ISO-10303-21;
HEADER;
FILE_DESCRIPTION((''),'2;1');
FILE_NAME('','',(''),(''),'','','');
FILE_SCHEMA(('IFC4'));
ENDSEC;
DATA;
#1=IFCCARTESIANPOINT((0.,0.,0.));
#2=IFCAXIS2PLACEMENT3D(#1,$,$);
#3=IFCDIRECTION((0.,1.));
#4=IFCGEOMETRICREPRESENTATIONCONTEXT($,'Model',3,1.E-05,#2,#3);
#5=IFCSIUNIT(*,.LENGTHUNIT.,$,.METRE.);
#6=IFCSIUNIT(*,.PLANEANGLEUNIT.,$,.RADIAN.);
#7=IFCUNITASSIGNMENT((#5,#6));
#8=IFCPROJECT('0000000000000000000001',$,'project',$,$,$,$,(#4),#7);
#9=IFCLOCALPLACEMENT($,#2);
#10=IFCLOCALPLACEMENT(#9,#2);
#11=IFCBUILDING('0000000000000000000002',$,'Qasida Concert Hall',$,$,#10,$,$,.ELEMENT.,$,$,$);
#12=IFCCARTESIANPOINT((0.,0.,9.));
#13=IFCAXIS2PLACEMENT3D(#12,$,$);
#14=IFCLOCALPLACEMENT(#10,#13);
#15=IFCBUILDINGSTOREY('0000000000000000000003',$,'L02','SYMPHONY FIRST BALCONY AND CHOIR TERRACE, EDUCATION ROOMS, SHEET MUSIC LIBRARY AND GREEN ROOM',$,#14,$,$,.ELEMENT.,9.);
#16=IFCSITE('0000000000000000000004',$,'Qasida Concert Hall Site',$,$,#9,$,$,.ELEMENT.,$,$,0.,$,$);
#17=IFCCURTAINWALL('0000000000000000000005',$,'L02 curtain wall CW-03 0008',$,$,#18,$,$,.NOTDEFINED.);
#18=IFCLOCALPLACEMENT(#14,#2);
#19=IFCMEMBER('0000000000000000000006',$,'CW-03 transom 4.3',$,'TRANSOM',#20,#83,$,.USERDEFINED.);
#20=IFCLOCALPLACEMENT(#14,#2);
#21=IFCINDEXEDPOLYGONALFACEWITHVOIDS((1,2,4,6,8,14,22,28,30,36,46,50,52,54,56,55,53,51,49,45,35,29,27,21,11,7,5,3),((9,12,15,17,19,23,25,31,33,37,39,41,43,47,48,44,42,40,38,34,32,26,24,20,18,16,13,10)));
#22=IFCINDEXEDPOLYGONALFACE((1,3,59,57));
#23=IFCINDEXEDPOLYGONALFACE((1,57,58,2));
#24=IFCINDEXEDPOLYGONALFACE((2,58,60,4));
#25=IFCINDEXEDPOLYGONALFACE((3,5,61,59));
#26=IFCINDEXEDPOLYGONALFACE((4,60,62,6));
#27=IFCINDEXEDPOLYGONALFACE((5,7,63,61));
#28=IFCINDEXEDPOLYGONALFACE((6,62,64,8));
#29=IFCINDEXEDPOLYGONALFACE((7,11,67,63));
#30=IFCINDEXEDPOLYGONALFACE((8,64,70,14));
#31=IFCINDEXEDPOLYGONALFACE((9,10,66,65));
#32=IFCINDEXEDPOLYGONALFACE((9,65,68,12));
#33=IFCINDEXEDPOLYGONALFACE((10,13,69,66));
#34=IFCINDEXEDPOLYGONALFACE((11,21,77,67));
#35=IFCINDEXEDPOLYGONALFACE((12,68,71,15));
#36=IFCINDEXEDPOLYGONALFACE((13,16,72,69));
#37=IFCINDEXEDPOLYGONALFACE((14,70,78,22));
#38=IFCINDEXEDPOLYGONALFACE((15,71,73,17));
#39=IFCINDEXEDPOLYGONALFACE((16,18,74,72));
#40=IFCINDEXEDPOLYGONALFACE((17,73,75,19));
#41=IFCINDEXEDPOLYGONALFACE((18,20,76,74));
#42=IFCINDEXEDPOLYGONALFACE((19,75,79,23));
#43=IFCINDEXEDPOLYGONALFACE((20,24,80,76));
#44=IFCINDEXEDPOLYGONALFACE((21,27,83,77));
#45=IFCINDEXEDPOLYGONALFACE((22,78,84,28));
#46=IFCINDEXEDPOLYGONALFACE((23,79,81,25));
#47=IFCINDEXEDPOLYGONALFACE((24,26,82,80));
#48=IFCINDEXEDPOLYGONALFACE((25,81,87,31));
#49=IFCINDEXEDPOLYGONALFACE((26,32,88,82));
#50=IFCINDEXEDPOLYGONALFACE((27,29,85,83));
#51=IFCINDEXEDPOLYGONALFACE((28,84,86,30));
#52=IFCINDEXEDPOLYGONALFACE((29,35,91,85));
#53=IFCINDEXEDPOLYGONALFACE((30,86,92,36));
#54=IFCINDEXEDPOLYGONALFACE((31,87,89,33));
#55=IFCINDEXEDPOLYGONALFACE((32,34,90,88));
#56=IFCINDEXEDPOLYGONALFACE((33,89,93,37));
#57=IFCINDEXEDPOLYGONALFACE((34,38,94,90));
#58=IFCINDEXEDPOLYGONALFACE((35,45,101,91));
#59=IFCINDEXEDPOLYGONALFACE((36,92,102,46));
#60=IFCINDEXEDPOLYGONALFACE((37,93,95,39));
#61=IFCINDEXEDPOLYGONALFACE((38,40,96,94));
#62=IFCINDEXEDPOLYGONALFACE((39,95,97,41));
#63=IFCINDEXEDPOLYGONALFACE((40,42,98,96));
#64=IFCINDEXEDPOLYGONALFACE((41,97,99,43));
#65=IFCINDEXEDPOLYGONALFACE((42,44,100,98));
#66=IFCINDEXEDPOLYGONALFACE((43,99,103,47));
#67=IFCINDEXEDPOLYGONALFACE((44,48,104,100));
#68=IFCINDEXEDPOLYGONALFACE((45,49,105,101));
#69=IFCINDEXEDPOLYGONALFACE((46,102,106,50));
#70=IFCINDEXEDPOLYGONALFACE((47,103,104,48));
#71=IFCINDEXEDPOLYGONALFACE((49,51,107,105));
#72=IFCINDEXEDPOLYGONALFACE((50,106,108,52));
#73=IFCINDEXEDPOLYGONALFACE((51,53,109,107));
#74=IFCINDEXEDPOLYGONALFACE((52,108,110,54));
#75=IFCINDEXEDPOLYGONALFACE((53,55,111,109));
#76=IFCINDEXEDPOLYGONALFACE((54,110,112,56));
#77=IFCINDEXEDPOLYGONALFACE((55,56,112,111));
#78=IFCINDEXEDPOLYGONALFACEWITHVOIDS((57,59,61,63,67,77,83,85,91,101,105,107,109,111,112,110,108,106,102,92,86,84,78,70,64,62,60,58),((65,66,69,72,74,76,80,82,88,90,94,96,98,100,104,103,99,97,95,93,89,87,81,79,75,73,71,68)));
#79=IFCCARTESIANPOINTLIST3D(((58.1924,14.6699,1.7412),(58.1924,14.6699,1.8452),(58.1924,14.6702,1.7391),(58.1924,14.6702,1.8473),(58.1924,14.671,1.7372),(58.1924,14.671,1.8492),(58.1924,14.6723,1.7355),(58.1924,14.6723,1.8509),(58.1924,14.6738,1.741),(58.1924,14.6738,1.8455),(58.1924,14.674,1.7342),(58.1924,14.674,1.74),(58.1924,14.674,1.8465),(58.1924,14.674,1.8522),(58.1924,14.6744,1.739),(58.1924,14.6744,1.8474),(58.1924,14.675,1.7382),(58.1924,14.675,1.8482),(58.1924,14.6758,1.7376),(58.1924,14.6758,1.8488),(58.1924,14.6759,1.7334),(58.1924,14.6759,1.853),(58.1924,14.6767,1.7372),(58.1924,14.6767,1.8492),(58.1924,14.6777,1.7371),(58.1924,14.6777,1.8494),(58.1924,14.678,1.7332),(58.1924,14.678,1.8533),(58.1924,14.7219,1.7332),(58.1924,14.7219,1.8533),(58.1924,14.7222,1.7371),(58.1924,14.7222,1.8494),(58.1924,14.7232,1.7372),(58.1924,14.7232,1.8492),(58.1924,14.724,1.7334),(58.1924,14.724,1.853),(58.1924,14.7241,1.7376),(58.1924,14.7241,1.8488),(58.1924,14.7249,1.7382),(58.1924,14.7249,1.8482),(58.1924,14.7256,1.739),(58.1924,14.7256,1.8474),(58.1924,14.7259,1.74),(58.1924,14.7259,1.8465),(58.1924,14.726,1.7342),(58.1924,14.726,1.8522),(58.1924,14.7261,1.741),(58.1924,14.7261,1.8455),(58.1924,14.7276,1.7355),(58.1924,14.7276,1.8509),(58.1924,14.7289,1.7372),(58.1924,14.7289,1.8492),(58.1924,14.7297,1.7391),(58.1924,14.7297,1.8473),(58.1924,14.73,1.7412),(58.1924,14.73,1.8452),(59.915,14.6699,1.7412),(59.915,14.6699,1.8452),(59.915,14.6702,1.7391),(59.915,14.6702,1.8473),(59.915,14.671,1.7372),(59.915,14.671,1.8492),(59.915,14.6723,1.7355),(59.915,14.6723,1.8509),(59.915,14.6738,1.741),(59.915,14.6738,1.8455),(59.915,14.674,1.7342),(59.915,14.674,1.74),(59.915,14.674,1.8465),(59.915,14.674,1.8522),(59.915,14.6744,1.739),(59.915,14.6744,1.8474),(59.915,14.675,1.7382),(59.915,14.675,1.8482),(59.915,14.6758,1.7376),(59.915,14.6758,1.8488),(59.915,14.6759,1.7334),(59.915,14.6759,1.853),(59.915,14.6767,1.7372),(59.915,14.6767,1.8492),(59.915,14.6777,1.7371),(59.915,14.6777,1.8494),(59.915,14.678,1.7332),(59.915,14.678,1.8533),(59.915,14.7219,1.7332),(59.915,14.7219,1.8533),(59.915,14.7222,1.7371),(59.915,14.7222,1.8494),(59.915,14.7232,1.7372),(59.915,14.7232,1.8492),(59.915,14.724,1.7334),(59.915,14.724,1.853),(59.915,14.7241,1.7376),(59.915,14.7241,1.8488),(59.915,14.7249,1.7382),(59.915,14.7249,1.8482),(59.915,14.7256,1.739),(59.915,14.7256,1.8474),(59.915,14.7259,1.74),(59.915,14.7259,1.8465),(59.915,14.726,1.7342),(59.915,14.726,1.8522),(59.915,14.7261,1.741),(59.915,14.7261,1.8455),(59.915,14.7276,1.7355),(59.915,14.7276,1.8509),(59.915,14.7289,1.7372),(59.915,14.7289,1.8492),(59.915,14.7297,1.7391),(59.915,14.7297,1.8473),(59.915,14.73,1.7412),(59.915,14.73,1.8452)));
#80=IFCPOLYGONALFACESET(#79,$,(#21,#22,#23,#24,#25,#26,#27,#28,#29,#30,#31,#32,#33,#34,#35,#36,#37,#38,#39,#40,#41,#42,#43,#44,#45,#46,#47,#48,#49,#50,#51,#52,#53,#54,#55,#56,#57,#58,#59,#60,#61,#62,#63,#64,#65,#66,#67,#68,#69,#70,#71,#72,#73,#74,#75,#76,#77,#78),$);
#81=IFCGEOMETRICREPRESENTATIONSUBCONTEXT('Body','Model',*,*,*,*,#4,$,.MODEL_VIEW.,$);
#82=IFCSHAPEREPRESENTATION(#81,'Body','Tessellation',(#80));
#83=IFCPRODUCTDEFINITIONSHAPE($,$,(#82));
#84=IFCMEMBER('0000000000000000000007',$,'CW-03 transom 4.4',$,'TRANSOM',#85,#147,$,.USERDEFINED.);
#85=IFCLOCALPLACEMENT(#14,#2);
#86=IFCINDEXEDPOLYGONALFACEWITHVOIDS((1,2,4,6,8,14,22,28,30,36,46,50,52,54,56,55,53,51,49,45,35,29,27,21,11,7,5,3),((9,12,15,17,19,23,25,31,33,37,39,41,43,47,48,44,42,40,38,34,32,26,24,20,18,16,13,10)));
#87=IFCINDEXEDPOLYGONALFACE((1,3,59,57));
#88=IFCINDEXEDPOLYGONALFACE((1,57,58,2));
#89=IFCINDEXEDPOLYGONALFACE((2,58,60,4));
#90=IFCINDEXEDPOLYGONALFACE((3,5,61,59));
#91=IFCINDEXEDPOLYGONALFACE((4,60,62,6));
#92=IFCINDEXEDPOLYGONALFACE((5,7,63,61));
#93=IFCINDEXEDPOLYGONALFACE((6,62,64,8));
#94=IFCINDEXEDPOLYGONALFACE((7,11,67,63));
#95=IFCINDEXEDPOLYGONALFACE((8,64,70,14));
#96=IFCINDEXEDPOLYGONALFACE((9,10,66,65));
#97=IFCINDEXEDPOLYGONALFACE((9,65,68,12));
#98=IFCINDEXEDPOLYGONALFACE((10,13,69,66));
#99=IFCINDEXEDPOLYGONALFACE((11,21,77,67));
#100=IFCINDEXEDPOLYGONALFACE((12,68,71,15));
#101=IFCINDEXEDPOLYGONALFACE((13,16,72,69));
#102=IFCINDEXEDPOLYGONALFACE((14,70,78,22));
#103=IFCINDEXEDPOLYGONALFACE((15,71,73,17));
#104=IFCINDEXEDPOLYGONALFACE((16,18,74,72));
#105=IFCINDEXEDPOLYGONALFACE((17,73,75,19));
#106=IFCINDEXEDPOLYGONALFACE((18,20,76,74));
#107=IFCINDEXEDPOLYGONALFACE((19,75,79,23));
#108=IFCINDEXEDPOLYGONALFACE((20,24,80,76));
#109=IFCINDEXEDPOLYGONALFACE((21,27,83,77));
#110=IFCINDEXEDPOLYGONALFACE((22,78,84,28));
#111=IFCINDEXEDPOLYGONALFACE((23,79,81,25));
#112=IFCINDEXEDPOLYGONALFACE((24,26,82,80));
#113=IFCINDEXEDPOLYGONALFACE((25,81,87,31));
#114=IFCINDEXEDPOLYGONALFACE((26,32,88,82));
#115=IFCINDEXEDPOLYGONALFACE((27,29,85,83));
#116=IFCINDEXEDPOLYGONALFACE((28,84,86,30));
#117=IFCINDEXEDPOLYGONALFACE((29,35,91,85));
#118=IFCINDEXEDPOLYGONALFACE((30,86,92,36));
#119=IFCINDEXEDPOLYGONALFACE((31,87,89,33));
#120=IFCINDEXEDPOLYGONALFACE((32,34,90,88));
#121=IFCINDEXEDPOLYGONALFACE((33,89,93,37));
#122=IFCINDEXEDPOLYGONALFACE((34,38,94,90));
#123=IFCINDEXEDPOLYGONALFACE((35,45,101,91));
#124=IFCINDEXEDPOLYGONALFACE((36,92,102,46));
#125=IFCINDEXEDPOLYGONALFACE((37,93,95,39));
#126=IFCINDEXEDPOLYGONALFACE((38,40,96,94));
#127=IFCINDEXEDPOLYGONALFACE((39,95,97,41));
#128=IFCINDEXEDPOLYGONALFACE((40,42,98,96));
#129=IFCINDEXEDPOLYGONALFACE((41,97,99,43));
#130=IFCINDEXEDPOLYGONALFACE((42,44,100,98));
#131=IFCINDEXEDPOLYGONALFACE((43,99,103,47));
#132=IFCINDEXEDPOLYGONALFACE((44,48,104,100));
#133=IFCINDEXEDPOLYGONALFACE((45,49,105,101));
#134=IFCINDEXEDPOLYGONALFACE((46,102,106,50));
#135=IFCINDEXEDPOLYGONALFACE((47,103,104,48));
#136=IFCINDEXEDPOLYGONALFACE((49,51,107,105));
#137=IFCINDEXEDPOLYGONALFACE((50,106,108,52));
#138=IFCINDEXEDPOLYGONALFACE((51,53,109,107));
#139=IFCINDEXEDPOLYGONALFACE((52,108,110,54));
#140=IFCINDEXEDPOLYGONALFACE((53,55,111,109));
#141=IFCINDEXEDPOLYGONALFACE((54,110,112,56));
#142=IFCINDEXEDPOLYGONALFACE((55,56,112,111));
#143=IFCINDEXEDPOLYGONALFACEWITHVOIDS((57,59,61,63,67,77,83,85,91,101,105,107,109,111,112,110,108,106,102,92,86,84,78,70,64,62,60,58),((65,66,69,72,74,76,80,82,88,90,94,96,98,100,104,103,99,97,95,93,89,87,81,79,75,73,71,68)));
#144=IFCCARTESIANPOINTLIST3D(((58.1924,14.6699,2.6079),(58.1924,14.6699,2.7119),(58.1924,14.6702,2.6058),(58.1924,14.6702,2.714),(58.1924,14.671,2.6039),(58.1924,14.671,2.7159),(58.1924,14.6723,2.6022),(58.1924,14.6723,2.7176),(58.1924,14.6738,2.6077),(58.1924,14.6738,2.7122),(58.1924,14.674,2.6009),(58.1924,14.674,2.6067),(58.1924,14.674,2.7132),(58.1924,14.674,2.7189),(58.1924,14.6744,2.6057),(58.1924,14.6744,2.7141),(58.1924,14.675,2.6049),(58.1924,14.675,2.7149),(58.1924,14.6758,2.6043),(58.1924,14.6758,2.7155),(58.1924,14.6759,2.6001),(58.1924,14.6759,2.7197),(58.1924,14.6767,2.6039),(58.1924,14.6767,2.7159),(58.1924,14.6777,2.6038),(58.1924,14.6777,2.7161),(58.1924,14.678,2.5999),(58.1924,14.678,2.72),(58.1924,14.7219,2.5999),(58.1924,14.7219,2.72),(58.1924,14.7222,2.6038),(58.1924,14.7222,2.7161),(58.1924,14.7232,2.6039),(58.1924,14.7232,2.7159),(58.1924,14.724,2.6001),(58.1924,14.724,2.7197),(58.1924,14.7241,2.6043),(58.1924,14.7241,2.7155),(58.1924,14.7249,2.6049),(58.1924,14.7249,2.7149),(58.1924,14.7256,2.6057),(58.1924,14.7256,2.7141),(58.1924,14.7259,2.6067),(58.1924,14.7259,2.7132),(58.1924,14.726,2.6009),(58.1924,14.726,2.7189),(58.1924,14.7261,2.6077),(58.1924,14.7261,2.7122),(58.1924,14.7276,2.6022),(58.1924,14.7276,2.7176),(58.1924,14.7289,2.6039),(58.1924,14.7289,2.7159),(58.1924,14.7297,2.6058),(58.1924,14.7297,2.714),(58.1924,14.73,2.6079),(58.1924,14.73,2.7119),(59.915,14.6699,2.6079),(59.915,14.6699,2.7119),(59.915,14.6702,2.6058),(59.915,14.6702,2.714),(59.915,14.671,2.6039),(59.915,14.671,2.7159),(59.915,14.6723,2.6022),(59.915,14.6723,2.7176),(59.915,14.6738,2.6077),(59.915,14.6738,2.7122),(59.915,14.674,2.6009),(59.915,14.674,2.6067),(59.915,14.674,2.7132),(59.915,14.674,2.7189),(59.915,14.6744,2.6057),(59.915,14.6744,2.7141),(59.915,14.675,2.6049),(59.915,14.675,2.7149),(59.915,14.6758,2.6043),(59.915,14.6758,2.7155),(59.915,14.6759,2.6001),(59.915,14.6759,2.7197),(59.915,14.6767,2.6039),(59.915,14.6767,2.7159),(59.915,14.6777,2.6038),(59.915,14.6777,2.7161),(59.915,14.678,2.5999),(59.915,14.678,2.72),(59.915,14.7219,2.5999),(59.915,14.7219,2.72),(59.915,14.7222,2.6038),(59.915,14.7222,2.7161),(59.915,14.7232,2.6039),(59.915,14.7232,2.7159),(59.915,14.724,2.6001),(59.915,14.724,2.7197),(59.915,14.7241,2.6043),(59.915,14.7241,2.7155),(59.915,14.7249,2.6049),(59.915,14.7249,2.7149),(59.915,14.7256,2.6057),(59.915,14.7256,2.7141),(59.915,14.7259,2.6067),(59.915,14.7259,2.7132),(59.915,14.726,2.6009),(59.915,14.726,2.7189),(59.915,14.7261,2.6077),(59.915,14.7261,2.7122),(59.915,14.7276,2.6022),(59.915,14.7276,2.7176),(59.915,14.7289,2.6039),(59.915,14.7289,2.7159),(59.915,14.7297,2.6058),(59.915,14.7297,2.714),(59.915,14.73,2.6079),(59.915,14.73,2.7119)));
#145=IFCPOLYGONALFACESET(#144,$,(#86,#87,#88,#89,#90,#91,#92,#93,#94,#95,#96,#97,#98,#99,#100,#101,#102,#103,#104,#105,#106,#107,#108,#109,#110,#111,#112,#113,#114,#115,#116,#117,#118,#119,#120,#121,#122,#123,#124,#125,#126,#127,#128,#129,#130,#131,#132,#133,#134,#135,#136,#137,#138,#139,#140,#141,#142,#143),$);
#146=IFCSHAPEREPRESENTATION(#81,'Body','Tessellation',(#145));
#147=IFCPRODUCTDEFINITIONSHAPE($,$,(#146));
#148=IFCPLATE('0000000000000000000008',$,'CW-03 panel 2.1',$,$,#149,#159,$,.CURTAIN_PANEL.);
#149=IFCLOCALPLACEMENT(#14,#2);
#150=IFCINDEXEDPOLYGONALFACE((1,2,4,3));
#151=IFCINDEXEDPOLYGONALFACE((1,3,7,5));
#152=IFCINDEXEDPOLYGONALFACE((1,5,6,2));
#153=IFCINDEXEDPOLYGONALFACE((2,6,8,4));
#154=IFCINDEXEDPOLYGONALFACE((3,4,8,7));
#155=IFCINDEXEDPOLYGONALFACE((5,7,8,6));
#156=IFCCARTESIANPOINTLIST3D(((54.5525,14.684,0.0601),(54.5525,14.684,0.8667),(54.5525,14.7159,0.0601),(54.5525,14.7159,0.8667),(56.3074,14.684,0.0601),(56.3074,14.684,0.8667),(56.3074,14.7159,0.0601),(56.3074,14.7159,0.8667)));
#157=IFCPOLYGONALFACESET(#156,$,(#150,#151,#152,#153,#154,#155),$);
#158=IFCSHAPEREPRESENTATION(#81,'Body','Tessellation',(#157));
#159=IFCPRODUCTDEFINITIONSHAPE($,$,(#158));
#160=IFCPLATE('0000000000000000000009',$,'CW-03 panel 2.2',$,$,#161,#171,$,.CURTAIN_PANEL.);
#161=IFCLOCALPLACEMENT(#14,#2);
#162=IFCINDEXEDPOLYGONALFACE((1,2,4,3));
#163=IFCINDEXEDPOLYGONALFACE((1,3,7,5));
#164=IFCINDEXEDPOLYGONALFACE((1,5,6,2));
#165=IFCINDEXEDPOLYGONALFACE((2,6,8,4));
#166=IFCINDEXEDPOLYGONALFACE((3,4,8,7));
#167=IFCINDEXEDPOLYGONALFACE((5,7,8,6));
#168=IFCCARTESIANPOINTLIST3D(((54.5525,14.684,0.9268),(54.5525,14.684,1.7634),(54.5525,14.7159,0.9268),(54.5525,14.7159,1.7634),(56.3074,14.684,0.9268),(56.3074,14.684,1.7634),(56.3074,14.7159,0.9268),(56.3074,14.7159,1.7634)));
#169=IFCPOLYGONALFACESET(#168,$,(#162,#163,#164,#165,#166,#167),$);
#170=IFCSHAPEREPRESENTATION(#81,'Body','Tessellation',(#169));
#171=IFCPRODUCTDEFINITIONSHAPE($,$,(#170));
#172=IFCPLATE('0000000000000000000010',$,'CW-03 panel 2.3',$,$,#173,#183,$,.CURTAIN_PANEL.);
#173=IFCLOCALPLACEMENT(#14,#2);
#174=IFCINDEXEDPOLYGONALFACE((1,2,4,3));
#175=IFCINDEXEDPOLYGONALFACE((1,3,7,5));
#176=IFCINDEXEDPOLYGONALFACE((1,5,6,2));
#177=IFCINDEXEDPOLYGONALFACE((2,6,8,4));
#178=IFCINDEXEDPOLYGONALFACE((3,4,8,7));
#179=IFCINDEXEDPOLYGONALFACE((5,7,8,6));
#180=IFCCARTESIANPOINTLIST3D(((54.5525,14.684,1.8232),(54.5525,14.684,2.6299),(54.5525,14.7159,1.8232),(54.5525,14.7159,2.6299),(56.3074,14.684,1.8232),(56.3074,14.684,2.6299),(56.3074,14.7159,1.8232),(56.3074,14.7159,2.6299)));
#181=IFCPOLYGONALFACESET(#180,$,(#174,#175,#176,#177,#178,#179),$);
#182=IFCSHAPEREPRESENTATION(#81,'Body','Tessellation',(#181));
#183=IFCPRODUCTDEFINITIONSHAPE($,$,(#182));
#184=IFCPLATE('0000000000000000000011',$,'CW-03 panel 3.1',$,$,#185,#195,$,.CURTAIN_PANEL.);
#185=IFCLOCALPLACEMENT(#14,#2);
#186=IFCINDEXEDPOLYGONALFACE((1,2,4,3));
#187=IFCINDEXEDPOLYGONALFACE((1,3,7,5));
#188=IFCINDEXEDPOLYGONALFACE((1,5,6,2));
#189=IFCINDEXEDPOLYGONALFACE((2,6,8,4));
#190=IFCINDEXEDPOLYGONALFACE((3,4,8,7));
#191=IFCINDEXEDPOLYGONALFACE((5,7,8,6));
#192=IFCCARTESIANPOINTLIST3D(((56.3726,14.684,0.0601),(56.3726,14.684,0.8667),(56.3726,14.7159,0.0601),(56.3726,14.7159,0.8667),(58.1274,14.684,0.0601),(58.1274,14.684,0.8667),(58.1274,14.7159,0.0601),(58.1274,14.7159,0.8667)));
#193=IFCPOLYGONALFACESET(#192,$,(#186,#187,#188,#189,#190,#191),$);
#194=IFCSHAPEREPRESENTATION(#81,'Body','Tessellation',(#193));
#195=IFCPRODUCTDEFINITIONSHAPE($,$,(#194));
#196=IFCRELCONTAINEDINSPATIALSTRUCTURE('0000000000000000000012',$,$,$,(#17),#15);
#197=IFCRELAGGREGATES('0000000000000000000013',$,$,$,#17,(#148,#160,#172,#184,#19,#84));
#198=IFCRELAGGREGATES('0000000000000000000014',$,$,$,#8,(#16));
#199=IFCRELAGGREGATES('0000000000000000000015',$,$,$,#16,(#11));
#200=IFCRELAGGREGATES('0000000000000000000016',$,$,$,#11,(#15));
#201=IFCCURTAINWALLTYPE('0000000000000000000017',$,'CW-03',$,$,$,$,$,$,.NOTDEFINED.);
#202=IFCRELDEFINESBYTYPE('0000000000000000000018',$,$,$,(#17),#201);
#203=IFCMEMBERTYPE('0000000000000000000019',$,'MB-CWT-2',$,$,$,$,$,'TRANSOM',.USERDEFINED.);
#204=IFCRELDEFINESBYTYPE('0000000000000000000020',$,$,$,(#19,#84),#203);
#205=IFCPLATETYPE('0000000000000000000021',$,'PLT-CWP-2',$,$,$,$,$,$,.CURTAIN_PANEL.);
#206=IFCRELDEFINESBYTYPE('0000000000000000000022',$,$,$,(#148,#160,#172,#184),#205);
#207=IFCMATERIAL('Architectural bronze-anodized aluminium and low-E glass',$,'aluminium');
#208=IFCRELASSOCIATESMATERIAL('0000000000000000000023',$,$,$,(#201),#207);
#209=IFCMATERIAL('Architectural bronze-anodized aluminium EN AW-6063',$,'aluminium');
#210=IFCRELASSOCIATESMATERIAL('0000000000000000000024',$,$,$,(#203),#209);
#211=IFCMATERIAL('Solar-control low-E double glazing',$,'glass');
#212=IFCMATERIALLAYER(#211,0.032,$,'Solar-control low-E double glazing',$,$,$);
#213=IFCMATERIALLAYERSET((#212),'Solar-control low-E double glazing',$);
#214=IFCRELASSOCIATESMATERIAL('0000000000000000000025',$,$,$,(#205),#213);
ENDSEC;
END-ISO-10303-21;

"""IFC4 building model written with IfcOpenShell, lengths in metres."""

from ifc_helpers import new_model, si_unit, direction, frame, origin, origin_2d, place, context, subcontext, project, spatial, rectangle, hollow_rectangle, extrude, material, layer, layer_set, material_profile, profile_set, type_object, element, aggregate, save


model = new_model("IFC4")

# Units and contexts
model_context = context("Model", 3, precision=1e-05, world=origin(), true_north=direction((0.0, 1.0)))
body_context = subcontext(model_context, "Body", "Model", "MODEL_VIEW")
ifc_project = project(units=[si_unit("LENGTHUNIT", "METRE"), si_unit("PLANEANGLEUNIT", "RADIAN")], contexts=[model_context])

# Site, building, storey
site_placement = place(None, origin())
site = spatial("IfcSite", under=ifc_project, at=site_placement, Name="Qasida Concert Hall Site", CompositionType="ELEMENT", RefElevation=0.0)
building_placement = place(site_placement, origin())
building = spatial("IfcBuilding", under=site, at=building_placement, Name="Qasida Concert Hall", CompositionType="ELEMENT")
storey_placement = place(building_placement, frame((0.0, 0.0, 9.0)))
storey = spatial("IfcBuildingStorey", under=building, at=storey_placement, Name="L02", Description="SYMPHONY FIRST BALCONY AND CHOIR TERRACE, EDUCATION ROOMS, SHEET MUSIC LIBRARY AND GREEN ROOM", CompositionType="ELEMENT", Elevation=9.0)

# Curtain wall, members, plates
ifc_material_1 = material(Name="Architectural bronze-anodized aluminium and low-E glass", Category="aluminium")
curtain_wall_type = type_object("IfcCurtainWallType", Name="CW-03", PredefinedType="NOTDEFINED", material=ifc_material_1)
curtain_wall_placement = place(storey_placement, origin())
curtain_wall = element("IfcCurtainWall", 1, at=curtain_wall_placement, inside=storey, type_object=curtain_wall_type, Name="L02 curtain wall CW-03 0008", PredefinedType="NOTDEFINED")
ifc_material_2 = material(Name="Architectural bronze-anodized aluminium EN AW-6063", Category="aluminium")
ifc_material_profile_1 = material_profile(ifc_material_2, hollow_rectangle(XDim=0.0601, YDim=0.1201, WallThickness=0.0039, InnerFilletRadius=0.0039, OuterFilletRadius=0.0081, at=origin_2d()), Name="CWT 120x60x4")
ifc_profile_set_1 = profile_set([ifc_material_profile_1], Name="Architectural bronze-anodized aluminium EN AW-6063")
member_type_1 = type_object("IfcMemberType", Name="MB-CWT-2", ElementType="TRANSOM", PredefinedType="USERDEFINED", material=ifc_profile_set_1)
member_1_placement = place(storey_placement, frame((58.1924, 14.7, 1.7932), z_axis=(1.0, 0.0, 0.0), x_axis=(0.0, 1.0, 0.0)))
member_1 = element("IfcMember", 2, at=member_1_placement, type_object=member_type_1, Name="CW-03 transom 4.3", ObjectType="TRANSOM", PredefinedType="USERDEFINED", context=body_context, shape_type="SweptSolid", body=[
    extrude(hollow_rectangle(XDim=0.0601, YDim=0.1201, WallThickness=0.0039, InnerFilletRadius=0.0039, OuterFilletRadius=0.0081, at=origin_2d()), origin(), (0.0, 0.0, 1.0), 1.7227),
])
member_2_placement = place(storey_placement, frame((58.1924, 14.7, 2.6599), z_axis=(1.0, 0.0, 0.0), x_axis=(0.0, 1.0, 0.0)))
member_2 = element("IfcMember", 3, at=member_2_placement, type_object=member_type_1, Name="CW-03 transom 4.4", ObjectType="TRANSOM", PredefinedType="USERDEFINED", context=body_context, shape_type="SweptSolid", body=[
    extrude(hollow_rectangle(XDim=0.0601, YDim=0.1201, WallThickness=0.0039, InnerFilletRadius=0.0039, OuterFilletRadius=0.0081, at=origin_2d()), origin(), (0.0, 0.0, 1.0), 1.7227),
])
ifc_material_3 = material(Name="Solar-control low-E double glazing", Category="glass")
ifc_layer_1 = layer(ifc_material_3, 0.032, Name="Solar-control low-E double glazing")
ifc_layer_set_1 = layer_set([ifc_layer_1], Name="Solar-control low-E double glazing")
plate_type = type_object("IfcPlateType", Name="PLT-CWP-2", PredefinedType="CURTAIN_PANEL", material=ifc_layer_set_1)
plate_1_placement = place(storey_placement, frame((55.4299, 14.7, 0.0601), z_axis=(0.0, 0.0, 1.0), x_axis=(1.0, 0.0, 0.0)))
plate_1 = element("IfcPlate", 4, at=plate_1_placement, type_object=plate_type, Name="CW-03 panel 2.1", PredefinedType="CURTAIN_PANEL", context=body_context, shape_type="SweptSolid", body=[
    extrude(rectangle(XDim=1.7549, YDim=0.032, at=origin_2d()), origin(), (0.0, 0.0, 1.0), 0.8066),
])
plate_2_placement = place(storey_placement, frame((55.4299, 14.7, 0.9268), z_axis=(0.0, 0.0, 1.0), x_axis=(1.0, 0.0, 0.0)))
plate_2 = element("IfcPlate", 5, at=plate_2_placement, type_object=plate_type, Name="CW-03 panel 2.2", PredefinedType="CURTAIN_PANEL", context=body_context, shape_type="SweptSolid", body=[
    extrude(rectangle(XDim=1.7549, YDim=0.032, at=origin_2d()), origin(), (0.0, 0.0, 1.0), 0.8367),
])
plate_3_placement = place(storey_placement, frame((55.4299, 14.7, 1.8232), z_axis=(0.0, 0.0, 1.0), x_axis=(1.0, 0.0, 0.0)))
plate_3 = element("IfcPlate", 6, at=plate_3_placement, type_object=plate_type, Name="CW-03 panel 2.3", PredefinedType="CURTAIN_PANEL", context=body_context, shape_type="SweptSolid", body=[
    extrude(rectangle(XDim=1.7549, YDim=0.032, at=origin_2d()), origin(), (0.0, 0.0, 1.0), 0.8066),
])
plate_4_placement = place(storey_placement, frame((57.25, 14.7, 0.0601), z_axis=(0.0, 0.0, 1.0), x_axis=(1.0, 0.0, 0.0)))
plate_4 = element("IfcPlate", 7, at=plate_4_placement, type_object=plate_type, Name="CW-03 panel 3.1", PredefinedType="CURTAIN_PANEL", context=body_context, shape_type="SweptSolid", body=[
    extrude(rectangle(XDim=1.7549, YDim=0.032, at=origin_2d()), origin(), (0.0, 0.0, 1.0), 0.8066),
])
aggregate(curtain_wall, [plate_1, plate_2, plate_3, plate_4, member_1, member_2])

save(model, "model.ifc")
